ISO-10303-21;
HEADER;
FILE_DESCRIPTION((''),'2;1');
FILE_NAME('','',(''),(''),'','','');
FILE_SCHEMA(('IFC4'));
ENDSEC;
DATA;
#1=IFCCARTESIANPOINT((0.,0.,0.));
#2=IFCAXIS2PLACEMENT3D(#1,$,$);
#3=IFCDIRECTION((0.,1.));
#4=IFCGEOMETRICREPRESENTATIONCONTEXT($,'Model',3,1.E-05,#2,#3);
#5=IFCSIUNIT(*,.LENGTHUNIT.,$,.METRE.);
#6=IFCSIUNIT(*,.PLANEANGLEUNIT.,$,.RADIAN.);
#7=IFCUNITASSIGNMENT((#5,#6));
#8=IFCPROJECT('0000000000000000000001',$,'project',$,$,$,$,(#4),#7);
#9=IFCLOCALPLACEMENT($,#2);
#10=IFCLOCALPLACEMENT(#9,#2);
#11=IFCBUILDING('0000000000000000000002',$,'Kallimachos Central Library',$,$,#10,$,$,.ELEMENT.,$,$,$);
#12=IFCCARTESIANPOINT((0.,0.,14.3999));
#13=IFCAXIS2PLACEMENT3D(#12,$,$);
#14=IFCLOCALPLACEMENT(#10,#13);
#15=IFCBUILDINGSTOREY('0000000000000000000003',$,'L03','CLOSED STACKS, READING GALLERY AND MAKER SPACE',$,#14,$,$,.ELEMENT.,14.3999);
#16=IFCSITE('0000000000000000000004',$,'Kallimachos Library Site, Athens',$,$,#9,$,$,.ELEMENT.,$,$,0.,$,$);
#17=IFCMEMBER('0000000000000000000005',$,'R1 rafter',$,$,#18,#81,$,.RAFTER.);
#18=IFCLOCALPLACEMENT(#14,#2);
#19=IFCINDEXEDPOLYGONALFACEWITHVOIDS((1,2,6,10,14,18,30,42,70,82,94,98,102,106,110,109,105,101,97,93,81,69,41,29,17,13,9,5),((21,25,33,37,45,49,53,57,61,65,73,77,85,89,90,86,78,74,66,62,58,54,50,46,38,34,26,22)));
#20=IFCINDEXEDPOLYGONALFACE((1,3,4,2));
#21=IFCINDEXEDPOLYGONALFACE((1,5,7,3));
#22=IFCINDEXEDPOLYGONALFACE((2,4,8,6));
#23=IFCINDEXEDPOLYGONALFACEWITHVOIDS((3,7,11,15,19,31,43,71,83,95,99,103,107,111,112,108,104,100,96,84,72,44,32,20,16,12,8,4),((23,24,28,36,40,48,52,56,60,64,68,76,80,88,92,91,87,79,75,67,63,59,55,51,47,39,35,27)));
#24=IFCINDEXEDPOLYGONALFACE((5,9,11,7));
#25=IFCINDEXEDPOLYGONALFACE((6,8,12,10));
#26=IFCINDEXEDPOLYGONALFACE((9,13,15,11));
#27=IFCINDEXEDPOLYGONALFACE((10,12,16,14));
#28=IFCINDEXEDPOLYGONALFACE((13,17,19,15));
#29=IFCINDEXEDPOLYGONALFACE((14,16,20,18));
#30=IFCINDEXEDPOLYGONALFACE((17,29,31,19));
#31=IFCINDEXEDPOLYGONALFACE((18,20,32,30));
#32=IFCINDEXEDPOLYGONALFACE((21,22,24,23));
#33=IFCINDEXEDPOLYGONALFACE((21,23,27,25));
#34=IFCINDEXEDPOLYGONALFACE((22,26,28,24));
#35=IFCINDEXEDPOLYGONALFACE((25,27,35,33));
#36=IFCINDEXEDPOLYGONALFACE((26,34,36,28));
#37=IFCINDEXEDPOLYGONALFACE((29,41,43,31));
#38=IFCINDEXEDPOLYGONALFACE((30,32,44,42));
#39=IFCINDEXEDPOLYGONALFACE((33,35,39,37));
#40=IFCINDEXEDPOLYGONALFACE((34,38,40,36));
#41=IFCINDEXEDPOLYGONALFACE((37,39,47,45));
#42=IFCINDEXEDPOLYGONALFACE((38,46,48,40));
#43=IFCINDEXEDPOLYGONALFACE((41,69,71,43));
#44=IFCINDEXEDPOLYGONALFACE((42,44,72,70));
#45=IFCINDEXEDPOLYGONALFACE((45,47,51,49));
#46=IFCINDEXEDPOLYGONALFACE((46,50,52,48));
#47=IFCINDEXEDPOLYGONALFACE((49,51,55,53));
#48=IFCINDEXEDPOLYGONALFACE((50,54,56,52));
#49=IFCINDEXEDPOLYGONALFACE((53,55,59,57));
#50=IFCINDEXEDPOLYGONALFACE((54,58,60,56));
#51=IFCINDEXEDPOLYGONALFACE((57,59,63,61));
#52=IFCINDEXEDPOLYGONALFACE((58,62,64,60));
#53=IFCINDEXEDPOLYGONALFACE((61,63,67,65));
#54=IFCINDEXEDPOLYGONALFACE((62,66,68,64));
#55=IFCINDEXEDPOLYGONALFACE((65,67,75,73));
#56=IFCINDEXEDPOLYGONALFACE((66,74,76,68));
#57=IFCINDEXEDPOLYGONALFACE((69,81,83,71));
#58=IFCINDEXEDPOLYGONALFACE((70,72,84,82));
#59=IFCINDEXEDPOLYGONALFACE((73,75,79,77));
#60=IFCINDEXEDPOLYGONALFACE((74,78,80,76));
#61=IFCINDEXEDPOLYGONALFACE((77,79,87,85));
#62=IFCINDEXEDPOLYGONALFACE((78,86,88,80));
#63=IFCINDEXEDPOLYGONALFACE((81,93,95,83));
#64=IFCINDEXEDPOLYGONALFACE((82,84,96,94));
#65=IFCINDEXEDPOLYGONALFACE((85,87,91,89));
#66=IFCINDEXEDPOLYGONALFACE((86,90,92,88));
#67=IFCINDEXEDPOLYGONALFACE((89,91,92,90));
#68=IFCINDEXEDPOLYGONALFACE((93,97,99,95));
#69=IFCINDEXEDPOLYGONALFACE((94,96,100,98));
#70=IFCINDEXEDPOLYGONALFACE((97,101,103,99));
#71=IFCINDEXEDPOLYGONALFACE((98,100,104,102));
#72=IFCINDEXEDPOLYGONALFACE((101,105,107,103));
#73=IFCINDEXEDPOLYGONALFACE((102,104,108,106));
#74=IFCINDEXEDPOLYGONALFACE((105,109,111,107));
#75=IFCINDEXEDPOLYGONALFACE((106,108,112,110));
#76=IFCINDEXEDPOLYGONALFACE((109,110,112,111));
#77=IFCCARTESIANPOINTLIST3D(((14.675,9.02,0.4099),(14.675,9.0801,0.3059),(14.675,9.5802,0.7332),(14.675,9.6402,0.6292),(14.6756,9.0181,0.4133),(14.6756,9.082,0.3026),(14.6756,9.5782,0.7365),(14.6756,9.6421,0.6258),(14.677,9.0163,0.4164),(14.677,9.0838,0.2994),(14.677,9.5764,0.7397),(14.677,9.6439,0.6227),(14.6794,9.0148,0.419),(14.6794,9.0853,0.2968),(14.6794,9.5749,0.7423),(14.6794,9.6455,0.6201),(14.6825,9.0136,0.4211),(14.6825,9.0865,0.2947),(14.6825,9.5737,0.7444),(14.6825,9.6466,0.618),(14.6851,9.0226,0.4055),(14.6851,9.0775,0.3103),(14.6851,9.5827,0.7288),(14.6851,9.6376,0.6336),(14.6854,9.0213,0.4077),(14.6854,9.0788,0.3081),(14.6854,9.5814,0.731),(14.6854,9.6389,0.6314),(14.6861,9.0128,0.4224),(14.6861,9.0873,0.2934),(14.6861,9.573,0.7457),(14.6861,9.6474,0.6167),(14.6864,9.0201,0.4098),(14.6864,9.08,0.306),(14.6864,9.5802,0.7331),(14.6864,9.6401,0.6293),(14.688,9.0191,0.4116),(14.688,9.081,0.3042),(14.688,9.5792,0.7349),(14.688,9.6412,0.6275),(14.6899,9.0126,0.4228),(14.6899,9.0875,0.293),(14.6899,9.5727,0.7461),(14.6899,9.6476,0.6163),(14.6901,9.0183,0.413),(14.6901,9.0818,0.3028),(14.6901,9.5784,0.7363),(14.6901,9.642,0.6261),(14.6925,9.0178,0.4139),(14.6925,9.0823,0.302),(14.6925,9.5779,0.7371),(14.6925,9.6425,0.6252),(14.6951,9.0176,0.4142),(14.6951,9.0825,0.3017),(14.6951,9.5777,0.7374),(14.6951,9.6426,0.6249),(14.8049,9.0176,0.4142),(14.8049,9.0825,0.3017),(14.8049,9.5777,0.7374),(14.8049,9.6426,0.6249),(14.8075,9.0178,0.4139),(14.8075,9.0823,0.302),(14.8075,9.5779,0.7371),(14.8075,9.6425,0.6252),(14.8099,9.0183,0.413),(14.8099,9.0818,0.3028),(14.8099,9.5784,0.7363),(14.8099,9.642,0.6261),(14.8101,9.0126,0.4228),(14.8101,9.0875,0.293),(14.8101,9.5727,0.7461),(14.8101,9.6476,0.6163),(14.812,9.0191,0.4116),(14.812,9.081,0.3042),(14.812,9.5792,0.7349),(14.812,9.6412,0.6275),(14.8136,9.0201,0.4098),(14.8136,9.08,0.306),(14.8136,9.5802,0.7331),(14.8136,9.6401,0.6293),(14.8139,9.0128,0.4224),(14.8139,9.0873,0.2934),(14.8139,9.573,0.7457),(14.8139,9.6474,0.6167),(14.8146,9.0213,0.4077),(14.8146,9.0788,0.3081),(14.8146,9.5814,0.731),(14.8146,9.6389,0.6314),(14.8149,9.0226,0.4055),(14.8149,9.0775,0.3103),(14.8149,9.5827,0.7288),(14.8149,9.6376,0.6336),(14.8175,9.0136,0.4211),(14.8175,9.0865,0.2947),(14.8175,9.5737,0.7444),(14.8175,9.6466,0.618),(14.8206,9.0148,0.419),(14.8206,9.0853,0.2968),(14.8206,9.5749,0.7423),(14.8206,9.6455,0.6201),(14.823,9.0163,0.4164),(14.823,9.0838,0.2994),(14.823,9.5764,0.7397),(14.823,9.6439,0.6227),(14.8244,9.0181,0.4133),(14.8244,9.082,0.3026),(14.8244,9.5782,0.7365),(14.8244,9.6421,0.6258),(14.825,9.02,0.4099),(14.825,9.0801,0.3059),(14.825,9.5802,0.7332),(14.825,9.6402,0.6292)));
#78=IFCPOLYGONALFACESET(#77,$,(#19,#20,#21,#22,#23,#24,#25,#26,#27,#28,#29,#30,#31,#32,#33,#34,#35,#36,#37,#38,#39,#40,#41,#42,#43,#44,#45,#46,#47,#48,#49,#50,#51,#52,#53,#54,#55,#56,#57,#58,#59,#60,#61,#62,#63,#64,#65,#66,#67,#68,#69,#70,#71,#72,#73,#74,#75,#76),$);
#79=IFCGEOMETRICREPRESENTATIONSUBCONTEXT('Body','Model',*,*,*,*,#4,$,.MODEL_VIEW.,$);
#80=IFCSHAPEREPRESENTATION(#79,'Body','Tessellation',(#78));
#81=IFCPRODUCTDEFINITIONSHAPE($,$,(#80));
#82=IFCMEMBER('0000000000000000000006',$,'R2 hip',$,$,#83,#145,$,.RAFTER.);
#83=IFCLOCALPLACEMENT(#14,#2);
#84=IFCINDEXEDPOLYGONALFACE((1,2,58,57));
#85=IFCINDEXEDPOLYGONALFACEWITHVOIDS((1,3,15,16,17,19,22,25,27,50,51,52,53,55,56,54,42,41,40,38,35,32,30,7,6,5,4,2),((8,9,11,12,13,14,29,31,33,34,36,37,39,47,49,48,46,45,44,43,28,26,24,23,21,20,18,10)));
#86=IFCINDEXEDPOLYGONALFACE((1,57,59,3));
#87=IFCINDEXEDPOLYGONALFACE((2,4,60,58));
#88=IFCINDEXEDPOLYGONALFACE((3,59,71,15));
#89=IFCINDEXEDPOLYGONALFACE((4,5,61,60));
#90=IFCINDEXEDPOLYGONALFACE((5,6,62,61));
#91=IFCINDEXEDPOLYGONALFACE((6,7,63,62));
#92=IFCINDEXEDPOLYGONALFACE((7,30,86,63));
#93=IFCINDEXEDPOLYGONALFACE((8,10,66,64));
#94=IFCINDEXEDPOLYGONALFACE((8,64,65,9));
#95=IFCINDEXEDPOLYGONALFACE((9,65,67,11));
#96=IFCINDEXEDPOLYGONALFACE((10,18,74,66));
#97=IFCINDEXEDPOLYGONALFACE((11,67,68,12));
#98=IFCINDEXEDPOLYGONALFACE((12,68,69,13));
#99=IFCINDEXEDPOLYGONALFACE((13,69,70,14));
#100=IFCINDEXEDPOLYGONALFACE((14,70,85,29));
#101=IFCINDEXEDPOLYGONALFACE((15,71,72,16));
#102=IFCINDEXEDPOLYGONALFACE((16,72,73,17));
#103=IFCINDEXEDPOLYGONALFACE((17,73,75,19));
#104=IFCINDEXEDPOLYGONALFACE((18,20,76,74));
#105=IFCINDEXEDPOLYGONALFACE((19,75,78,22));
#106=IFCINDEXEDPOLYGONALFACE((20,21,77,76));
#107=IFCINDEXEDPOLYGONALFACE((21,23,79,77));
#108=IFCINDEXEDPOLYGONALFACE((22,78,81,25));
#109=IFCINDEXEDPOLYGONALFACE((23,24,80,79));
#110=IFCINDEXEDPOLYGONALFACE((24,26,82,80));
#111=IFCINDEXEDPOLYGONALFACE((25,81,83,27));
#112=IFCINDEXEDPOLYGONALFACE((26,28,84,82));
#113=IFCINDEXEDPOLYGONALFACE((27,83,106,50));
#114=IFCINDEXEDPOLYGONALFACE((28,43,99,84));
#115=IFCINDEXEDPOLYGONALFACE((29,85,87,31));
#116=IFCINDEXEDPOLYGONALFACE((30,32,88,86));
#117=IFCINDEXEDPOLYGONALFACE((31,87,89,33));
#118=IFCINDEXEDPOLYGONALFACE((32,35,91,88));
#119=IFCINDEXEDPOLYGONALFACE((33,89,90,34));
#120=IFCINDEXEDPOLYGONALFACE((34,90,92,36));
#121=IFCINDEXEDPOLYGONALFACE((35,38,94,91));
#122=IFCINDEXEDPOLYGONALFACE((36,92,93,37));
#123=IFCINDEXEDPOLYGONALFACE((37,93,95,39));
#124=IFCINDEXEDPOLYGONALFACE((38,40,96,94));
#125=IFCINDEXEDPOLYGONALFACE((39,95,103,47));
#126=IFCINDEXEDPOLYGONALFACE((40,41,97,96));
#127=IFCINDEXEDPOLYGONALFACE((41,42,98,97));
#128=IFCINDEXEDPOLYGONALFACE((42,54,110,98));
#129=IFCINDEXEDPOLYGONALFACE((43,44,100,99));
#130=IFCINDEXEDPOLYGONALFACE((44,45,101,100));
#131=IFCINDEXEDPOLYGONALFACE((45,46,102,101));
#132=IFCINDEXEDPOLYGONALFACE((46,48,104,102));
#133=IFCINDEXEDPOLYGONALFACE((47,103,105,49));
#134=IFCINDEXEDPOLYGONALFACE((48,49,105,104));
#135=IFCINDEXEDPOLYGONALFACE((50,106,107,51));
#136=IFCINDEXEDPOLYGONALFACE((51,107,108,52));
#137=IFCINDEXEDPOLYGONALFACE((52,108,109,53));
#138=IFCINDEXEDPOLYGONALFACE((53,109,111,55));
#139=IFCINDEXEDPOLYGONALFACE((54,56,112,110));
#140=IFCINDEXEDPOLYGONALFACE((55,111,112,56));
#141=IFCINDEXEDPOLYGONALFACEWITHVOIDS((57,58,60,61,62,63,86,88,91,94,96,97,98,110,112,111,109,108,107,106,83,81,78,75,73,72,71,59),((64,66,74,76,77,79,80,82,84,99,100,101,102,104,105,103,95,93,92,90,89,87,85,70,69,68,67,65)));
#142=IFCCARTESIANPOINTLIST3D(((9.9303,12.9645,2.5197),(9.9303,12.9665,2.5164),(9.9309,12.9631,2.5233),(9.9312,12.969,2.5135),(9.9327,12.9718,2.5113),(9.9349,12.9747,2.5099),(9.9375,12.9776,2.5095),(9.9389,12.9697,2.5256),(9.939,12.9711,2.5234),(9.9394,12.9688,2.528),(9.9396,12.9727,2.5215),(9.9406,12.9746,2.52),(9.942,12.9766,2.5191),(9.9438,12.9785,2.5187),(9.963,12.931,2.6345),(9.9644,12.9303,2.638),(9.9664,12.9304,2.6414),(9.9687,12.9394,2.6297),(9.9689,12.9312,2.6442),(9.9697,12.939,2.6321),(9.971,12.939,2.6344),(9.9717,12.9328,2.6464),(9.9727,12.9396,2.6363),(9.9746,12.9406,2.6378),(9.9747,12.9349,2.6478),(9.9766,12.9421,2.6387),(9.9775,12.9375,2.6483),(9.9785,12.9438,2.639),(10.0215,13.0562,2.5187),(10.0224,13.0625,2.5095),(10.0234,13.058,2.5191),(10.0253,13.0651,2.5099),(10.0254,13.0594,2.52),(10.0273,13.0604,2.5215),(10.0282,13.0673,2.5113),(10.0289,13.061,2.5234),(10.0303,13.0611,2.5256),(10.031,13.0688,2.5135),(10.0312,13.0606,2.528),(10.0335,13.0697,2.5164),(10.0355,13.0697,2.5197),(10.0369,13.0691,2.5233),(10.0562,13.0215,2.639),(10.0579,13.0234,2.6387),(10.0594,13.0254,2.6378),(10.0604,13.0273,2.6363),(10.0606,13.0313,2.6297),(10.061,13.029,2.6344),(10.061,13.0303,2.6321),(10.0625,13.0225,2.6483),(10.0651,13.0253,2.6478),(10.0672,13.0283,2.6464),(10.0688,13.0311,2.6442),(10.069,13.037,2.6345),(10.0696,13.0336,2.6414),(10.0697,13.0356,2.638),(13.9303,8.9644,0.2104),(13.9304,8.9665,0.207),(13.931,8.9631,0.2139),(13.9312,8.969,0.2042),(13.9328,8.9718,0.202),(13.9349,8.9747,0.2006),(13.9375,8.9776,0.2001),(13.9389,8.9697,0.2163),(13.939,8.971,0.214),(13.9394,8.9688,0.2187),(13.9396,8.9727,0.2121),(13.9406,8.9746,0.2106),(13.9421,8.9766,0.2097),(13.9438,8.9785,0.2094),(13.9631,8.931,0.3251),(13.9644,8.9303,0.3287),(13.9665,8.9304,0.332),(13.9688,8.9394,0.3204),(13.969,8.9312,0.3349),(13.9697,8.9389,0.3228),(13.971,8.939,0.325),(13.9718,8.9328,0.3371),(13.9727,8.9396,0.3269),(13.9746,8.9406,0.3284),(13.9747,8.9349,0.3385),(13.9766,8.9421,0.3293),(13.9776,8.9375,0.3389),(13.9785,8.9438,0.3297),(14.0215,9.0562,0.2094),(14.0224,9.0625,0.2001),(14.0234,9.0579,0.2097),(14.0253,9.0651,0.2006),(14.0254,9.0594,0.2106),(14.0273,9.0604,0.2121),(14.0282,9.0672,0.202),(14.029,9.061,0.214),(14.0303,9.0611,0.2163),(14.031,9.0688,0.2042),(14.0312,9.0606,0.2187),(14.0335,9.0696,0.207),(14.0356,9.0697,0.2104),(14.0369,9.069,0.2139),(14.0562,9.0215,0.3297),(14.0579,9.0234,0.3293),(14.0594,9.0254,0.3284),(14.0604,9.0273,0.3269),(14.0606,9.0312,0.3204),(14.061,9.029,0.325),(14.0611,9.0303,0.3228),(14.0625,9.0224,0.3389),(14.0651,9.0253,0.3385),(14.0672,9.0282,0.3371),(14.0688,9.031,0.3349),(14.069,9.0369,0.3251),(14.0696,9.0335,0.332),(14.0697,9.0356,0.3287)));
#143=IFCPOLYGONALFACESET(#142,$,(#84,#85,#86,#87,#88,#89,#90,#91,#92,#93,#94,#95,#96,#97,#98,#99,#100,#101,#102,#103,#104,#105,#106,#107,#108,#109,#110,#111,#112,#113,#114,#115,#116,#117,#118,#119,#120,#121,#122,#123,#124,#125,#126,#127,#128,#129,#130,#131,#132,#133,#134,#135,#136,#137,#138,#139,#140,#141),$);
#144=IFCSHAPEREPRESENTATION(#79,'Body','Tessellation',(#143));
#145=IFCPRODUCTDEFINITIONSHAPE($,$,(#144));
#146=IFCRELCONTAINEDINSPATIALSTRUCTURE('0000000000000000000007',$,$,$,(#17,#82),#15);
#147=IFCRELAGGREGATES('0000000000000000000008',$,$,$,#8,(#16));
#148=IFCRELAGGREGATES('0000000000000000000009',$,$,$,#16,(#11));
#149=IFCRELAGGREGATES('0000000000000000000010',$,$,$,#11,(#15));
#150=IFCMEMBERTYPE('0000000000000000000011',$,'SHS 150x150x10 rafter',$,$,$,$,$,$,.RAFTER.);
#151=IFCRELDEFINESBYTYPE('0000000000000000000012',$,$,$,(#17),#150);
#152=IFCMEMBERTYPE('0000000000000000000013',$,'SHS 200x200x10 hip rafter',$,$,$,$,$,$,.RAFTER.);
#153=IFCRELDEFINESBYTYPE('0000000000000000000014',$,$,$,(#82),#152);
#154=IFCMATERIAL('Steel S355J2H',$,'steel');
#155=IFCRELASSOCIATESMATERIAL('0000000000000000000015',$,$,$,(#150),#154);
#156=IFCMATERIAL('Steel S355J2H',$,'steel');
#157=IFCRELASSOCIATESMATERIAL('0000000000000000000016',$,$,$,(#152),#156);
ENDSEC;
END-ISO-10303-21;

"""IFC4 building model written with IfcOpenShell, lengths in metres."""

from ifc_helpers import new_model, si_unit, direction, frame, origin, origin_2d, place, context, subcontext, project, spatial, hollow_rectangle, extrude, material, material_profile, profile_set, type_object, element, save


model = new_model("IFC4")

# Units and contexts
model_context = context("Model", 3, precision=1e-05, world=origin(), true_north=direction((0.0, 1.0)))
body_context = subcontext(model_context, "Body", "Model", "MODEL_VIEW")
ifc_project = project(units=[si_unit("LENGTHUNIT", "METRE"), si_unit("PLANEANGLEUNIT", "RADIAN")], contexts=[model_context])

# Site, building, storey
site_placement = place(None, origin())
site = spatial("IfcSite", under=ifc_project, at=site_placement, Name="Kallimachos Library Site, Athens", CompositionType="ELEMENT", RefElevation=0.0)
building_placement = place(site_placement, origin())
building = spatial("IfcBuilding", under=site, at=building_placement, Name="Kallimachos Central Library", CompositionType="ELEMENT")
storey_placement = place(building_placement, frame((0.0, 0.0, 14.3999)))
storey = spatial("IfcBuildingStorey", under=building, at=storey_placement, Name="L03", Description="CLOSED STACKS, READING GALLERY AND MAKER SPACE", CompositionType="ELEMENT", Elevation=14.3999)

# Members
ifc_material_1 = material(Name="Steel S355J2H", Category="steel")
ifc_material_profile_1 = material_profile(ifc_material_1, hollow_rectangle(XDim=0.1499, YDim=0.1499, WallThickness=0.01, InnerFilletRadius=0.01, OuterFilletRadius=0.0149, at=origin_2d()), Name="SHS 150x150x10")
ifc_profile_set_1 = profile_set([ifc_material_profile_1], Name="Steel S355J2H")
member_type_1 = type_object("IfcMemberType", Name="SHS 150x150x10 rafter", PredefinedType="RAFTER", material=ifc_profile_set_1)
member_1_placement = place(storey_placement, frame((14.75, 9.05, 0.3579), z_axis=(0.0, 0.866098, 0.499875), x_axis=(-1.0, 0.0, 0.0)))
element("IfcMember", 1, at=member_1_placement, inside=storey, type_object=member_type_1, Name="R1 rafter", PredefinedType="RAFTER", context=body_context, shape_type="SweptSolid", body=[
    extrude(hollow_rectangle(XDim=0.1499, YDim=0.1499, WallThickness=0.01, InnerFilletRadius=0.01, OuterFilletRadius=0.0149, at=origin_2d()), origin(), (0.0, 0.0, 1.0), 0.6467),
])
ifc_material_2 = material(Name="Steel S355J2H", Category="steel")
ifc_material_profile_2 = material_profile(ifc_material_2, hollow_rectangle(XDim=0.1499, YDim=0.1499, WallThickness=0.01, InnerFilletRadius=0.01, OuterFilletRadius=0.0149, at=origin_2d()), Name="SHS 150x150x10")
ifc_profile_set_2 = profile_set([ifc_material_profile_2], Name="Steel S355J2H")
member_type_2 = type_object("IfcMemberType", Name="SHS 200x200x10 hip rafter", PredefinedType="RAFTER", material=ifc_profile_set_2)
for number, where, z_axis, x_axis, name in (
    (2, (14.0, 9.0, 0.2695), (-0.654657, 0.654657, 0.377954), (-0.707107, -0.707107, 0.0), "R2 hip"),
):
    element("IfcMember", number, at=place(storey_placement, frame(where, z_axis=z_axis, x_axis=x_axis)), inside=storey, type_object=member_type_2, Name=name, PredefinedType="RAFTER", context=body_context, shape_type="SweptSolid", body=[
        extrude(hollow_rectangle(XDim=0.1499, YDim=0.1499, WallThickness=0.01, InnerFilletRadius=0.01, OuterFilletRadius=0.0149, at=origin_2d()), origin(), (0.0, 0.0, 1.0), 6.1101),
    ])

save(model, "model.ifc")
